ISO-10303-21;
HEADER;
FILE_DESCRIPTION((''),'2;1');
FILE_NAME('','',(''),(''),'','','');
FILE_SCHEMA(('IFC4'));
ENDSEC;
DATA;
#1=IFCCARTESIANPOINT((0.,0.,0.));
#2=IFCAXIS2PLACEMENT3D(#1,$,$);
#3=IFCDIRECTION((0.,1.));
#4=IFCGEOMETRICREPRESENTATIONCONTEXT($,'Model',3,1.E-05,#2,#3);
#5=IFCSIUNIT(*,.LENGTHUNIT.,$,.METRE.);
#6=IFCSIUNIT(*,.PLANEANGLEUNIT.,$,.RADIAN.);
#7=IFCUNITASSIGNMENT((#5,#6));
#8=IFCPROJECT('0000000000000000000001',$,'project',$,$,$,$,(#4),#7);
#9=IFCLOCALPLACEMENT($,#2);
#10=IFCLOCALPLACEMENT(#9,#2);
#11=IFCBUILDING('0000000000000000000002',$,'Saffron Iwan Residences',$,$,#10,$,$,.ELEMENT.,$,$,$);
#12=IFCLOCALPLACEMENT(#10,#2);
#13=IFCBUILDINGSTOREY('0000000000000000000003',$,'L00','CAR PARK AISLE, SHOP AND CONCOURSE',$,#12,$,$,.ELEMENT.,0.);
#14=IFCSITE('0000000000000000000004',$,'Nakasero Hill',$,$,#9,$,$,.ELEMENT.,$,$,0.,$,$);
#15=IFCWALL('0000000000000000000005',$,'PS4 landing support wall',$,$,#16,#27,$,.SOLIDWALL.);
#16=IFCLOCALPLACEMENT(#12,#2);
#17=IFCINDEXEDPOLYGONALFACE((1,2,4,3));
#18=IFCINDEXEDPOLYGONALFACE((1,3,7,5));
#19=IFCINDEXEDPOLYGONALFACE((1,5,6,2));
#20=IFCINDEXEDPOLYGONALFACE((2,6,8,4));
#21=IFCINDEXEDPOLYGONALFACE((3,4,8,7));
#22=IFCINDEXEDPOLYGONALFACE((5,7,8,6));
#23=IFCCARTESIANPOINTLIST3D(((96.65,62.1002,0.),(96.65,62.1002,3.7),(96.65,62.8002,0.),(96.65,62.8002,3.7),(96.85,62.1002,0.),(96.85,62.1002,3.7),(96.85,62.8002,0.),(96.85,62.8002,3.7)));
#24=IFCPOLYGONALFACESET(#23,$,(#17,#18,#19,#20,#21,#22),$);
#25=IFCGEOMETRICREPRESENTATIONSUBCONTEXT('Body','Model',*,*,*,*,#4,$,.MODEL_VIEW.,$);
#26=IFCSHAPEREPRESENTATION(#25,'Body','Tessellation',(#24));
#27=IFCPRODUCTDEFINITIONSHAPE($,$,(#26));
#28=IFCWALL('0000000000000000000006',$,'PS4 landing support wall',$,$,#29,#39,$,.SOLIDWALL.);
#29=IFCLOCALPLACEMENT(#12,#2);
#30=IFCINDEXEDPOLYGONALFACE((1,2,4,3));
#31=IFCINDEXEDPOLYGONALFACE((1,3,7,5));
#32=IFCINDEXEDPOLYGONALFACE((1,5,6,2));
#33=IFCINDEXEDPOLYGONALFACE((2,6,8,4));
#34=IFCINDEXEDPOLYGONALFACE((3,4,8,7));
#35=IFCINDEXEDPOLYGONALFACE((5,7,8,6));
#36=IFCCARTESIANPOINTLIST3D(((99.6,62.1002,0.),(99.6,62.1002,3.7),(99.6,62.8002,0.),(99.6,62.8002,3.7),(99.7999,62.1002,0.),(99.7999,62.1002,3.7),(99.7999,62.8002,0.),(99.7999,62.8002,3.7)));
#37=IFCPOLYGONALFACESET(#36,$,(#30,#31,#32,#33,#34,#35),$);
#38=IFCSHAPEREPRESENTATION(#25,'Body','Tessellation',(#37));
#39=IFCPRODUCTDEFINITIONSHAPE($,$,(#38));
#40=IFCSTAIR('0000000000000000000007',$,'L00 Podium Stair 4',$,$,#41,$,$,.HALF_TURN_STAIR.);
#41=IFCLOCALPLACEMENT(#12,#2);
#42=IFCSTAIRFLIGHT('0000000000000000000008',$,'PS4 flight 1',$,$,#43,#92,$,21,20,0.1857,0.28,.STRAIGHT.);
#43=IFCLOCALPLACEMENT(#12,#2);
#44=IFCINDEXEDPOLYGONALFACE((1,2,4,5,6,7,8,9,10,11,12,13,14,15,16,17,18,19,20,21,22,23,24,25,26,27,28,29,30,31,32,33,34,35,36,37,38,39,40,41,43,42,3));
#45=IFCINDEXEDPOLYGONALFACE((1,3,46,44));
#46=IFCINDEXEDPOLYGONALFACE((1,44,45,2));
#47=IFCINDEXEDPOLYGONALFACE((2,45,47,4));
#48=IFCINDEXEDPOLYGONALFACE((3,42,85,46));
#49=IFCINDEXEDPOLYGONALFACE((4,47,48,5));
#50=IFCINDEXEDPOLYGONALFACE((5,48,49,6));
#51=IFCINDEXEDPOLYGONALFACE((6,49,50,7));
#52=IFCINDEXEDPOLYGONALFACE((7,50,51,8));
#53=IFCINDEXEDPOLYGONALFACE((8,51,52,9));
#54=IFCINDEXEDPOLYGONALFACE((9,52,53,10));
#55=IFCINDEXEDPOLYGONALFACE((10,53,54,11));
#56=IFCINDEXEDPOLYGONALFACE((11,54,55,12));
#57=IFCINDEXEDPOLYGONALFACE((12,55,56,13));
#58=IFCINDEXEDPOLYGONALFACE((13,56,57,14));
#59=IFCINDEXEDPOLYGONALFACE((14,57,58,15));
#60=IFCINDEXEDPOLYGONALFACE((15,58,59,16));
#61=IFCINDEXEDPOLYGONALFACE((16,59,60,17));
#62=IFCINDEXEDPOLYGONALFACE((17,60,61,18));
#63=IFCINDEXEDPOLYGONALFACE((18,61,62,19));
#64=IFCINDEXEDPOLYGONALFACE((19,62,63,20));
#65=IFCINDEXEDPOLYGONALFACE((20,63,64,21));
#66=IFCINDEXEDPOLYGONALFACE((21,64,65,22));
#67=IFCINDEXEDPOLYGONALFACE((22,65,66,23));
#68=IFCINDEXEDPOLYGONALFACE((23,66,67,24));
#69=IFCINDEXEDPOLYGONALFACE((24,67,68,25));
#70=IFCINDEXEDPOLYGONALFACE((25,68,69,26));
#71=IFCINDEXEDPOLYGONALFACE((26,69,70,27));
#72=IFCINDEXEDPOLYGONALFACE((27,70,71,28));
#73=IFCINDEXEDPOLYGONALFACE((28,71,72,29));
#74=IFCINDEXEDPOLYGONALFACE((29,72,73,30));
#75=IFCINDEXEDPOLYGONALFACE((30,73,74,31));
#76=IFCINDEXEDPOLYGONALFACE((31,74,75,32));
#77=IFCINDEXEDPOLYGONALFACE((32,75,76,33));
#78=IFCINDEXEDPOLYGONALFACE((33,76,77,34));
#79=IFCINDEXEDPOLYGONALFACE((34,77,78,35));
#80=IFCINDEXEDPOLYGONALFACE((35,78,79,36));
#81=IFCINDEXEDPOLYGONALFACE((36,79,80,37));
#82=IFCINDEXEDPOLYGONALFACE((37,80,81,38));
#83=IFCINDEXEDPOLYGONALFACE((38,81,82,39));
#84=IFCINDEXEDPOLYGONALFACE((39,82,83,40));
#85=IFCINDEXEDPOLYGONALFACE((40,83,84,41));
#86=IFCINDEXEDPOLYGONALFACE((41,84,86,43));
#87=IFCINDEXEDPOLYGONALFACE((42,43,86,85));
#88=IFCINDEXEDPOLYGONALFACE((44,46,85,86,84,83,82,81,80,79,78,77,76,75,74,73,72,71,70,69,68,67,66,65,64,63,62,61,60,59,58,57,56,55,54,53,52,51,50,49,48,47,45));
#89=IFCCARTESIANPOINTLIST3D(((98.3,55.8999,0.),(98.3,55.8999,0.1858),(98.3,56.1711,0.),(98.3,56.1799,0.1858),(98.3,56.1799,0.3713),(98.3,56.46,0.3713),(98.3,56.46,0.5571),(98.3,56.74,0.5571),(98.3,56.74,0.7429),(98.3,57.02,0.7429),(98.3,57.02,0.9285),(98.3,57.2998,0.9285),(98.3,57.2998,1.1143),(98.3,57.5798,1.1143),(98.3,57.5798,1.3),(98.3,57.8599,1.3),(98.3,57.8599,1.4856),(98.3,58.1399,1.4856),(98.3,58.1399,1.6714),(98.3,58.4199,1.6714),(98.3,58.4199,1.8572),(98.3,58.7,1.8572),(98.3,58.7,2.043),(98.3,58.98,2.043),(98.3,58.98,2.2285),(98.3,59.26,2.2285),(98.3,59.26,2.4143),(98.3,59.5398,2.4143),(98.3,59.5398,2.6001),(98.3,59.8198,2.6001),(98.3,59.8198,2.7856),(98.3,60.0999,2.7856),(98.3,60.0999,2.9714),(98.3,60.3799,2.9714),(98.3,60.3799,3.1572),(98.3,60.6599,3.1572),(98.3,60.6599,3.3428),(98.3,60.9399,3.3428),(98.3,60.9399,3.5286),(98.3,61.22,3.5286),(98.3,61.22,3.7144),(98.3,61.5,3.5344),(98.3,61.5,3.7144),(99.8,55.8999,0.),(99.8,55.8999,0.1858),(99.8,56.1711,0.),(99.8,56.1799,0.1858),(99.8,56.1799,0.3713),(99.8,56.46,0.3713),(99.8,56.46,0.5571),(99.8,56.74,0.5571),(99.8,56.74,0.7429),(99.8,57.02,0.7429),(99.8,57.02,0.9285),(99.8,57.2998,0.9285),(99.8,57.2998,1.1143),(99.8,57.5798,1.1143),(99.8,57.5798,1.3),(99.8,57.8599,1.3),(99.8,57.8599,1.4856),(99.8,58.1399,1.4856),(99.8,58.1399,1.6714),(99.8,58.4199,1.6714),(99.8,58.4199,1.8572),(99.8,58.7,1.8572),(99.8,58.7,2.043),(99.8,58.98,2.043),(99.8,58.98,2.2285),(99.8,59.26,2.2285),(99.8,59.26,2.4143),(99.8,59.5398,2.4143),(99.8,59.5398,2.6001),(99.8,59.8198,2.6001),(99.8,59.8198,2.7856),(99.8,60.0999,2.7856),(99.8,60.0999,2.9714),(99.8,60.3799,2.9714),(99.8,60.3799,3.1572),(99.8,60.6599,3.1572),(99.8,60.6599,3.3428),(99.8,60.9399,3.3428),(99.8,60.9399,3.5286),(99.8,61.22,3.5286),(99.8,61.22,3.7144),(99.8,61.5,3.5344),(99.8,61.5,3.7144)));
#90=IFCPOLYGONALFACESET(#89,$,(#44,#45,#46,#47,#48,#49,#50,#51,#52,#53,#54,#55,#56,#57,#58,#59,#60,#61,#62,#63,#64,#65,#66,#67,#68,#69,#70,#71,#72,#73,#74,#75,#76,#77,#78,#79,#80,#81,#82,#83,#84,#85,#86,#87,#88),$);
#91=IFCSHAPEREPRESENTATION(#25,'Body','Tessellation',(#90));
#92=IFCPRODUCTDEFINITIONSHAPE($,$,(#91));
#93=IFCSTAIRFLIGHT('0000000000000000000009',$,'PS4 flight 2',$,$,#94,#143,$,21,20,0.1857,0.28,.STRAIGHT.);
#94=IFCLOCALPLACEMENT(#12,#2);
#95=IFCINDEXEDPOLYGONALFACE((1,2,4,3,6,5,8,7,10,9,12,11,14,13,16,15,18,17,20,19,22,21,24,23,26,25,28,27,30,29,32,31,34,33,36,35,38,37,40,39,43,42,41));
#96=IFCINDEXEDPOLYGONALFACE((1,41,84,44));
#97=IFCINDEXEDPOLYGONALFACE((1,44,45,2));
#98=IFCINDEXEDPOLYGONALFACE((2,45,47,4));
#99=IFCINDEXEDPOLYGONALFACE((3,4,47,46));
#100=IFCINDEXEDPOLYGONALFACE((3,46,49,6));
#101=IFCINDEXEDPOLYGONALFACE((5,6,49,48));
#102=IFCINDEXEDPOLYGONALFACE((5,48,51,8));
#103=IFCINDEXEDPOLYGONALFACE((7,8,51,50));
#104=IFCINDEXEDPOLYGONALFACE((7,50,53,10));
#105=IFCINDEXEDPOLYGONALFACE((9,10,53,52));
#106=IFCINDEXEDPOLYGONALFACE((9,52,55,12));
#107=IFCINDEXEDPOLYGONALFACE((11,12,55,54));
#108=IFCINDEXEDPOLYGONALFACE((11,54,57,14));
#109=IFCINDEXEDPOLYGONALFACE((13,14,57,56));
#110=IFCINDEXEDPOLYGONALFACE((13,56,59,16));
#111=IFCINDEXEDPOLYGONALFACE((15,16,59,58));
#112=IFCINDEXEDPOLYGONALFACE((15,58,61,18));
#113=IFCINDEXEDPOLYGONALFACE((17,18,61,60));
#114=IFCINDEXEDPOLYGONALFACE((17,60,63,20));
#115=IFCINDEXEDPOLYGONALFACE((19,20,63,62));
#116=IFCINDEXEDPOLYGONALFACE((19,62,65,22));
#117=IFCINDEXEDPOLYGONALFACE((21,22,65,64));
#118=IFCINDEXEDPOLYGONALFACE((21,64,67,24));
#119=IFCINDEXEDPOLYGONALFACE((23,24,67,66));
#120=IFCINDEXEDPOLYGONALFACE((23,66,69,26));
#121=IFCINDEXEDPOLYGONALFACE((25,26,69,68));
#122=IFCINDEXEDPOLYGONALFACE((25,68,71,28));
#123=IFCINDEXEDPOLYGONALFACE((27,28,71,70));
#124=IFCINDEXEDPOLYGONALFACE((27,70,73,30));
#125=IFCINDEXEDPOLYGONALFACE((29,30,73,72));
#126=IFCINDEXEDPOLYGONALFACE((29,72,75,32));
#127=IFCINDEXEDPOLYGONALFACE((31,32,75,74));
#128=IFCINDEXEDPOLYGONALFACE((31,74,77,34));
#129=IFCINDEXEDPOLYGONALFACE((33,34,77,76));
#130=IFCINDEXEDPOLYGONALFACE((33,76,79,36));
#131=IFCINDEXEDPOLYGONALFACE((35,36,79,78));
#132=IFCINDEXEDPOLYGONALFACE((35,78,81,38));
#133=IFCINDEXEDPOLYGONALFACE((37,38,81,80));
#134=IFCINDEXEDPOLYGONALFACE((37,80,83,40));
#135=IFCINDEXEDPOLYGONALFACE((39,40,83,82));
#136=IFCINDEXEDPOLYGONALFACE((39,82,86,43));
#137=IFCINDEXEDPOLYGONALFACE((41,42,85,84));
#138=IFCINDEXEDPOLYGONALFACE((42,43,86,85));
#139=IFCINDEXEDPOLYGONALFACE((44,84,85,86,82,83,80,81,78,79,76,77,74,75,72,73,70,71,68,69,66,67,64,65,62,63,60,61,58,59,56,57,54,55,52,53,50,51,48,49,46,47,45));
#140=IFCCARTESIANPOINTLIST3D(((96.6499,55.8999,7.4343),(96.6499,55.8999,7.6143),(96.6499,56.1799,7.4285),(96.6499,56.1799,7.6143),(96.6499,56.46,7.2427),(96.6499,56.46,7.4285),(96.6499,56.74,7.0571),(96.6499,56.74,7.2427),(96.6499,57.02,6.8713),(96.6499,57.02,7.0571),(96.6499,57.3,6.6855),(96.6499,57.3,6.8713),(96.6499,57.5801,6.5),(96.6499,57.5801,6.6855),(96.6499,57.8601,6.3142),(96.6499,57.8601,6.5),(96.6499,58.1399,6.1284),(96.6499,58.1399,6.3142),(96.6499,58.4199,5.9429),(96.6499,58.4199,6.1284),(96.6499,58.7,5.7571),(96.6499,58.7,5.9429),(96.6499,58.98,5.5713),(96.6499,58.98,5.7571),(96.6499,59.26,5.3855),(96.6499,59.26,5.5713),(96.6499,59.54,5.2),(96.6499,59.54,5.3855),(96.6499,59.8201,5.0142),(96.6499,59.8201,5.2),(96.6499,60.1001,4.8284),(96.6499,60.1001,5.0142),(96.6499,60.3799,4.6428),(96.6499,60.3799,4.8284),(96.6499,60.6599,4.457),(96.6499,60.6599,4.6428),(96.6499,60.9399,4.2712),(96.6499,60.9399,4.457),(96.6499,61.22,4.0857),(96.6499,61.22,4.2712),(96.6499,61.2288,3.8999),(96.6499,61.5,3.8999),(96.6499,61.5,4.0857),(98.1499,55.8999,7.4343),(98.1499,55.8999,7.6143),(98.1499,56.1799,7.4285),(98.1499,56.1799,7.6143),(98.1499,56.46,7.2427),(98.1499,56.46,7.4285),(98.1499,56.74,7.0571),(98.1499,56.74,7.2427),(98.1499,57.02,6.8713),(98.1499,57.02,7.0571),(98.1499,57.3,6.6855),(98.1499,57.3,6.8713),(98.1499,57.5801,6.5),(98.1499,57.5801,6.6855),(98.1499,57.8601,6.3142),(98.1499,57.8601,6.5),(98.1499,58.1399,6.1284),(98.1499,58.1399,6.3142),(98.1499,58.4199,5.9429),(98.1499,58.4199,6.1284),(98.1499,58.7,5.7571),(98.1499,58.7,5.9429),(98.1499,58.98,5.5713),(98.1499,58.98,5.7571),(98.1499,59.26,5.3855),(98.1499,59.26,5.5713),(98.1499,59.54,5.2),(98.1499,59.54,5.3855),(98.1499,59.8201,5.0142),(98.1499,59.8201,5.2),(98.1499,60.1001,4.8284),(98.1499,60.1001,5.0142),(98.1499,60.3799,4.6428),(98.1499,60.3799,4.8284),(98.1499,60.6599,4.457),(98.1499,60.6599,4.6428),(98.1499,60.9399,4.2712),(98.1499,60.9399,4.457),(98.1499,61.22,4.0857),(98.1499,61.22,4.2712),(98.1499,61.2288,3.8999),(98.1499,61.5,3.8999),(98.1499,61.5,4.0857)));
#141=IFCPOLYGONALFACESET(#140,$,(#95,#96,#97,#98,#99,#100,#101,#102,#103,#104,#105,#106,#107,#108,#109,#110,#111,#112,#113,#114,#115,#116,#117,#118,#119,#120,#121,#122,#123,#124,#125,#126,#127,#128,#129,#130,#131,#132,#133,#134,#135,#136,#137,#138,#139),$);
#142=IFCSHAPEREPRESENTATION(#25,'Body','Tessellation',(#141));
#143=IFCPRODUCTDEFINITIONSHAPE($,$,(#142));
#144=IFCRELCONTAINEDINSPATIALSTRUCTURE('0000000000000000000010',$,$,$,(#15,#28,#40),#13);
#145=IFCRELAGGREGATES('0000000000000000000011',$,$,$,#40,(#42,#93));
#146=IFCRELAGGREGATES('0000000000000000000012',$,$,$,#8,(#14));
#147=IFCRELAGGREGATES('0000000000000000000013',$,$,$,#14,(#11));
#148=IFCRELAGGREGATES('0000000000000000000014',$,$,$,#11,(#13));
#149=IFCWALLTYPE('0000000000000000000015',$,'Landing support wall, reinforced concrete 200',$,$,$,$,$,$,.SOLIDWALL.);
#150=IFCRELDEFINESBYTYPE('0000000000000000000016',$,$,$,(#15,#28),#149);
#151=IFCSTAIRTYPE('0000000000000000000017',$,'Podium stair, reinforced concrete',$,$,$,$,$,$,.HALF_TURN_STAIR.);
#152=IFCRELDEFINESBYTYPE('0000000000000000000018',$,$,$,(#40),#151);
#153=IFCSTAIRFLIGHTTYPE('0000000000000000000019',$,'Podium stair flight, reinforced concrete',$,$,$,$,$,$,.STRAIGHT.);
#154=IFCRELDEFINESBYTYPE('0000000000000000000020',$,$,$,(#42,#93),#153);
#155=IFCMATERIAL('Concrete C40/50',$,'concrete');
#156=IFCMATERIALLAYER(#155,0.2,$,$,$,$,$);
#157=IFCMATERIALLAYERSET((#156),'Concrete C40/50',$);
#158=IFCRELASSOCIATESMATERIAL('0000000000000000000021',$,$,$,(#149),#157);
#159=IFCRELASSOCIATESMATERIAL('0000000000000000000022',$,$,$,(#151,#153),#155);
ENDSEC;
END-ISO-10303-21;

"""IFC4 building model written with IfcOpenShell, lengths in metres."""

from ifc_helpers import new_model, si_unit, direction, frame, frame_2d, origin, place, context, subcontext, project, spatial, polyline, rectangle, outline, extrude, material, layer, layer_set, type_object, element, aggregate, save


model = new_model("IFC4")

# Units and contexts
model_context = context("Model", 3, precision=1e-05, world=origin(), true_north=direction((0.0, 1.0)))
body_context = subcontext(model_context, "Body", "Model", "MODEL_VIEW")
ifc_project = project(units=[si_unit("LENGTHUNIT", "METRE"), si_unit("PLANEANGLEUNIT", "RADIAN")], contexts=[model_context])

# Site, building, storey
site_placement = place(None, origin())
site = spatial("IfcSite", under=ifc_project, at=site_placement, Name="Nakasero Hill", CompositionType="ELEMENT", RefElevation=0.0)
building_placement = place(site_placement, origin())
building = spatial("IfcBuilding", under=site, at=building_placement, Name="Saffron Iwan Residences", CompositionType="ELEMENT")
storey_placement = place(building_placement, origin())
storey = spatial("IfcBuildingStorey", under=building, at=storey_placement, Name="L00", Description="CAR PARK AISLE, SHOP AND CONCOURSE", CompositionType="ELEMENT", Elevation=0.0)

# Walls
ifc_material_1 = material(Name="Concrete C40/50", Category="concrete")
ifc_layer = layer(ifc_material_1, 0.2)
ifc_layer_set = layer_set([ifc_layer], Name="Concrete C40/50")
wall_type = type_object("IfcWallType", Name="Landing support wall, reinforced concrete 200", PredefinedType="SOLIDWALL", material=ifc_layer_set)
for number, where, z_axis, x_axis, name in (
    (1, (96.75, 62.1001, 0.0), (0.0, 0.0, 1.0), (0.0, 1.0, 0.0), "PS4 landing support wall"),
    (2, (99.7, 62.1001, 0.0), (0.0, 0.0, 1.0), (0.0, 1.0, 0.0), "PS4 landing support wall"),
):
    element("IfcWall", number, at=place(storey_placement, frame(where, z_axis=z_axis, x_axis=x_axis)), inside=storey, type_object=wall_type, Name=name, PredefinedType="SOLIDWALL", context=body_context, shape_type="SweptSolid", body=[
        extrude(rectangle(XDim=0.7, YDim=0.2, at=frame_2d((0.3501, 0.0))), origin(), (0.0, 0.0, 1.0), 3.7),
    ])

# Stair, stair flights
stair_type = type_object("IfcStairType", Name="Podium stair, reinforced concrete", PredefinedType="HALF_TURN_STAIR", material=ifc_material_1)
stair_placement = place(storey_placement, origin())
stair = element("IfcStair", 3, at=stair_placement, inside=storey, type_object=stair_type, Name="L00 Podium Stair 4", PredefinedType="HALF_TURN_STAIR")
stair_flight_type = type_object("IfcStairFlightType", Name="Podium stair flight, reinforced concrete", PredefinedType="STRAIGHT", material=ifc_material_1)
stair_flight_1_placement = place(storey_placement, frame((99.05, 55.8999, 0.0), z_axis=(0.0, 0.0, 1.0), x_axis=(0.0, 1.0, 0.0)))
stair_flight_1 = element("IfcStairFlight", 4, at=stair_flight_1_placement, type_object=stair_flight_type, Name="PS4 flight 1", NumberOfRisers=21, NumberOfTreads=20, PredefinedType="STRAIGHT", RiserHeight=0.1857, TreadLength=0.28, context=body_context, shape_type="SweptSolid", body=[
    extrude(outline(polyline([(0.0, 0.0), (0.0, 0.1858), (0.28, 0.1858), (0.28, 0.3713), (0.5601, 0.3713), (0.5601, 0.5571), (0.8401, 0.5571), (0.8401, 0.7429), (1.1201, 0.7429), (1.1201, 0.9285), (1.3999, 0.9285), (1.3999, 1.1143), (1.6799, 1.1143), (1.6799, 1.3), (1.96, 1.3), (1.96, 1.4856), (2.24, 1.4856), (2.24, 1.6714), (2.52, 1.6714), (2.52, 1.8572), (2.8, 1.8572), (2.8, 2.043), (3.0801, 2.043), (3.0801, 2.2285), (3.3601, 2.2285), (3.3601, 2.4143), (3.6399, 2.4143), (3.6399, 2.6001), (3.9199, 2.6001), (3.9199, 2.7856), (4.2, 2.7856), (4.2, 2.9714), (4.48, 2.9714), (4.48, 3.1572), (4.76, 3.1572), (4.76, 3.3428), (5.04, 3.3428), (5.04, 3.5286), (5.3201, 3.5286), (5.3201, 3.7144), (5.6001, 3.7144), (5.6001, 3.8999), (5.6001, 3.5344), (0.2712, 0.0), (0.0, 0.0)])), frame((0.0, 0.75, 0.0), z_axis=(0.0, -1.0, 0.0), x_axis=(1.0, 0.0, 0.0)), (0.0, 0.0, 1.0), 1.5),
])
stair_flight_2_placement = place(storey_placement, frame((97.3999, 61.5, 3.8999), z_axis=(0.0, 0.0, 1.0), x_axis=(0.0, -1.0, 0.0)))
stair_flight_2 = element("IfcStairFlight", 5, at=stair_flight_2_placement, type_object=stair_flight_type, Name="PS4 flight 2", NumberOfRisers=21, NumberOfTreads=20, PredefinedType="STRAIGHT", RiserHeight=0.1857, TreadLength=0.28, context=body_context, shape_type="SweptSolid", body=[
    extrude(outline(polyline([(0.0, 0.0), (0.0, 0.1858), (0.28, 0.1858), (0.28, 0.3713), (0.5601, 0.3713), (0.5601, 0.5571), (0.8401, 0.5571), (0.8401, 0.7429), (1.1201, 0.7429), (1.1201, 0.9285), (1.3999, 0.9285), (1.3999, 1.1143), (1.6799, 1.1143), (1.6799, 1.3), (1.96, 1.3), (1.96, 1.4856), (2.24, 1.4856), (2.24, 1.6714), (2.52, 1.6714), (2.52, 1.8572), (2.8, 1.8572), (2.8, 2.043), (3.0801, 2.043), (3.0801, 2.2285), (3.3601, 2.2285), (3.3601, 2.4143), (3.6399, 2.4143), (3.6399, 2.6001), (3.9199, 2.6001), (3.9199, 2.7856), (4.2, 2.7856), (4.2, 2.9714), (4.48, 2.9714), (4.48, 3.1572), (4.76, 3.1572), (4.76, 3.3428), (5.04, 3.3428), (5.04, 3.5286), (5.3201, 3.5286), (5.3201, 3.7144), (5.6001, 3.7144), (5.6001, 3.8999), (5.6001, 3.5344), (0.2712, 0.0), (0.0, 0.0)])), frame((0.0, 0.75, 0.0), z_axis=(0.0, -1.0, 0.0), x_axis=(1.0, 0.0, 0.0)), (0.0, 0.0, 1.0), 1.5),
])
aggregate(stair, [stair_flight_1, stair_flight_2])

save(model, "model.ifc")
